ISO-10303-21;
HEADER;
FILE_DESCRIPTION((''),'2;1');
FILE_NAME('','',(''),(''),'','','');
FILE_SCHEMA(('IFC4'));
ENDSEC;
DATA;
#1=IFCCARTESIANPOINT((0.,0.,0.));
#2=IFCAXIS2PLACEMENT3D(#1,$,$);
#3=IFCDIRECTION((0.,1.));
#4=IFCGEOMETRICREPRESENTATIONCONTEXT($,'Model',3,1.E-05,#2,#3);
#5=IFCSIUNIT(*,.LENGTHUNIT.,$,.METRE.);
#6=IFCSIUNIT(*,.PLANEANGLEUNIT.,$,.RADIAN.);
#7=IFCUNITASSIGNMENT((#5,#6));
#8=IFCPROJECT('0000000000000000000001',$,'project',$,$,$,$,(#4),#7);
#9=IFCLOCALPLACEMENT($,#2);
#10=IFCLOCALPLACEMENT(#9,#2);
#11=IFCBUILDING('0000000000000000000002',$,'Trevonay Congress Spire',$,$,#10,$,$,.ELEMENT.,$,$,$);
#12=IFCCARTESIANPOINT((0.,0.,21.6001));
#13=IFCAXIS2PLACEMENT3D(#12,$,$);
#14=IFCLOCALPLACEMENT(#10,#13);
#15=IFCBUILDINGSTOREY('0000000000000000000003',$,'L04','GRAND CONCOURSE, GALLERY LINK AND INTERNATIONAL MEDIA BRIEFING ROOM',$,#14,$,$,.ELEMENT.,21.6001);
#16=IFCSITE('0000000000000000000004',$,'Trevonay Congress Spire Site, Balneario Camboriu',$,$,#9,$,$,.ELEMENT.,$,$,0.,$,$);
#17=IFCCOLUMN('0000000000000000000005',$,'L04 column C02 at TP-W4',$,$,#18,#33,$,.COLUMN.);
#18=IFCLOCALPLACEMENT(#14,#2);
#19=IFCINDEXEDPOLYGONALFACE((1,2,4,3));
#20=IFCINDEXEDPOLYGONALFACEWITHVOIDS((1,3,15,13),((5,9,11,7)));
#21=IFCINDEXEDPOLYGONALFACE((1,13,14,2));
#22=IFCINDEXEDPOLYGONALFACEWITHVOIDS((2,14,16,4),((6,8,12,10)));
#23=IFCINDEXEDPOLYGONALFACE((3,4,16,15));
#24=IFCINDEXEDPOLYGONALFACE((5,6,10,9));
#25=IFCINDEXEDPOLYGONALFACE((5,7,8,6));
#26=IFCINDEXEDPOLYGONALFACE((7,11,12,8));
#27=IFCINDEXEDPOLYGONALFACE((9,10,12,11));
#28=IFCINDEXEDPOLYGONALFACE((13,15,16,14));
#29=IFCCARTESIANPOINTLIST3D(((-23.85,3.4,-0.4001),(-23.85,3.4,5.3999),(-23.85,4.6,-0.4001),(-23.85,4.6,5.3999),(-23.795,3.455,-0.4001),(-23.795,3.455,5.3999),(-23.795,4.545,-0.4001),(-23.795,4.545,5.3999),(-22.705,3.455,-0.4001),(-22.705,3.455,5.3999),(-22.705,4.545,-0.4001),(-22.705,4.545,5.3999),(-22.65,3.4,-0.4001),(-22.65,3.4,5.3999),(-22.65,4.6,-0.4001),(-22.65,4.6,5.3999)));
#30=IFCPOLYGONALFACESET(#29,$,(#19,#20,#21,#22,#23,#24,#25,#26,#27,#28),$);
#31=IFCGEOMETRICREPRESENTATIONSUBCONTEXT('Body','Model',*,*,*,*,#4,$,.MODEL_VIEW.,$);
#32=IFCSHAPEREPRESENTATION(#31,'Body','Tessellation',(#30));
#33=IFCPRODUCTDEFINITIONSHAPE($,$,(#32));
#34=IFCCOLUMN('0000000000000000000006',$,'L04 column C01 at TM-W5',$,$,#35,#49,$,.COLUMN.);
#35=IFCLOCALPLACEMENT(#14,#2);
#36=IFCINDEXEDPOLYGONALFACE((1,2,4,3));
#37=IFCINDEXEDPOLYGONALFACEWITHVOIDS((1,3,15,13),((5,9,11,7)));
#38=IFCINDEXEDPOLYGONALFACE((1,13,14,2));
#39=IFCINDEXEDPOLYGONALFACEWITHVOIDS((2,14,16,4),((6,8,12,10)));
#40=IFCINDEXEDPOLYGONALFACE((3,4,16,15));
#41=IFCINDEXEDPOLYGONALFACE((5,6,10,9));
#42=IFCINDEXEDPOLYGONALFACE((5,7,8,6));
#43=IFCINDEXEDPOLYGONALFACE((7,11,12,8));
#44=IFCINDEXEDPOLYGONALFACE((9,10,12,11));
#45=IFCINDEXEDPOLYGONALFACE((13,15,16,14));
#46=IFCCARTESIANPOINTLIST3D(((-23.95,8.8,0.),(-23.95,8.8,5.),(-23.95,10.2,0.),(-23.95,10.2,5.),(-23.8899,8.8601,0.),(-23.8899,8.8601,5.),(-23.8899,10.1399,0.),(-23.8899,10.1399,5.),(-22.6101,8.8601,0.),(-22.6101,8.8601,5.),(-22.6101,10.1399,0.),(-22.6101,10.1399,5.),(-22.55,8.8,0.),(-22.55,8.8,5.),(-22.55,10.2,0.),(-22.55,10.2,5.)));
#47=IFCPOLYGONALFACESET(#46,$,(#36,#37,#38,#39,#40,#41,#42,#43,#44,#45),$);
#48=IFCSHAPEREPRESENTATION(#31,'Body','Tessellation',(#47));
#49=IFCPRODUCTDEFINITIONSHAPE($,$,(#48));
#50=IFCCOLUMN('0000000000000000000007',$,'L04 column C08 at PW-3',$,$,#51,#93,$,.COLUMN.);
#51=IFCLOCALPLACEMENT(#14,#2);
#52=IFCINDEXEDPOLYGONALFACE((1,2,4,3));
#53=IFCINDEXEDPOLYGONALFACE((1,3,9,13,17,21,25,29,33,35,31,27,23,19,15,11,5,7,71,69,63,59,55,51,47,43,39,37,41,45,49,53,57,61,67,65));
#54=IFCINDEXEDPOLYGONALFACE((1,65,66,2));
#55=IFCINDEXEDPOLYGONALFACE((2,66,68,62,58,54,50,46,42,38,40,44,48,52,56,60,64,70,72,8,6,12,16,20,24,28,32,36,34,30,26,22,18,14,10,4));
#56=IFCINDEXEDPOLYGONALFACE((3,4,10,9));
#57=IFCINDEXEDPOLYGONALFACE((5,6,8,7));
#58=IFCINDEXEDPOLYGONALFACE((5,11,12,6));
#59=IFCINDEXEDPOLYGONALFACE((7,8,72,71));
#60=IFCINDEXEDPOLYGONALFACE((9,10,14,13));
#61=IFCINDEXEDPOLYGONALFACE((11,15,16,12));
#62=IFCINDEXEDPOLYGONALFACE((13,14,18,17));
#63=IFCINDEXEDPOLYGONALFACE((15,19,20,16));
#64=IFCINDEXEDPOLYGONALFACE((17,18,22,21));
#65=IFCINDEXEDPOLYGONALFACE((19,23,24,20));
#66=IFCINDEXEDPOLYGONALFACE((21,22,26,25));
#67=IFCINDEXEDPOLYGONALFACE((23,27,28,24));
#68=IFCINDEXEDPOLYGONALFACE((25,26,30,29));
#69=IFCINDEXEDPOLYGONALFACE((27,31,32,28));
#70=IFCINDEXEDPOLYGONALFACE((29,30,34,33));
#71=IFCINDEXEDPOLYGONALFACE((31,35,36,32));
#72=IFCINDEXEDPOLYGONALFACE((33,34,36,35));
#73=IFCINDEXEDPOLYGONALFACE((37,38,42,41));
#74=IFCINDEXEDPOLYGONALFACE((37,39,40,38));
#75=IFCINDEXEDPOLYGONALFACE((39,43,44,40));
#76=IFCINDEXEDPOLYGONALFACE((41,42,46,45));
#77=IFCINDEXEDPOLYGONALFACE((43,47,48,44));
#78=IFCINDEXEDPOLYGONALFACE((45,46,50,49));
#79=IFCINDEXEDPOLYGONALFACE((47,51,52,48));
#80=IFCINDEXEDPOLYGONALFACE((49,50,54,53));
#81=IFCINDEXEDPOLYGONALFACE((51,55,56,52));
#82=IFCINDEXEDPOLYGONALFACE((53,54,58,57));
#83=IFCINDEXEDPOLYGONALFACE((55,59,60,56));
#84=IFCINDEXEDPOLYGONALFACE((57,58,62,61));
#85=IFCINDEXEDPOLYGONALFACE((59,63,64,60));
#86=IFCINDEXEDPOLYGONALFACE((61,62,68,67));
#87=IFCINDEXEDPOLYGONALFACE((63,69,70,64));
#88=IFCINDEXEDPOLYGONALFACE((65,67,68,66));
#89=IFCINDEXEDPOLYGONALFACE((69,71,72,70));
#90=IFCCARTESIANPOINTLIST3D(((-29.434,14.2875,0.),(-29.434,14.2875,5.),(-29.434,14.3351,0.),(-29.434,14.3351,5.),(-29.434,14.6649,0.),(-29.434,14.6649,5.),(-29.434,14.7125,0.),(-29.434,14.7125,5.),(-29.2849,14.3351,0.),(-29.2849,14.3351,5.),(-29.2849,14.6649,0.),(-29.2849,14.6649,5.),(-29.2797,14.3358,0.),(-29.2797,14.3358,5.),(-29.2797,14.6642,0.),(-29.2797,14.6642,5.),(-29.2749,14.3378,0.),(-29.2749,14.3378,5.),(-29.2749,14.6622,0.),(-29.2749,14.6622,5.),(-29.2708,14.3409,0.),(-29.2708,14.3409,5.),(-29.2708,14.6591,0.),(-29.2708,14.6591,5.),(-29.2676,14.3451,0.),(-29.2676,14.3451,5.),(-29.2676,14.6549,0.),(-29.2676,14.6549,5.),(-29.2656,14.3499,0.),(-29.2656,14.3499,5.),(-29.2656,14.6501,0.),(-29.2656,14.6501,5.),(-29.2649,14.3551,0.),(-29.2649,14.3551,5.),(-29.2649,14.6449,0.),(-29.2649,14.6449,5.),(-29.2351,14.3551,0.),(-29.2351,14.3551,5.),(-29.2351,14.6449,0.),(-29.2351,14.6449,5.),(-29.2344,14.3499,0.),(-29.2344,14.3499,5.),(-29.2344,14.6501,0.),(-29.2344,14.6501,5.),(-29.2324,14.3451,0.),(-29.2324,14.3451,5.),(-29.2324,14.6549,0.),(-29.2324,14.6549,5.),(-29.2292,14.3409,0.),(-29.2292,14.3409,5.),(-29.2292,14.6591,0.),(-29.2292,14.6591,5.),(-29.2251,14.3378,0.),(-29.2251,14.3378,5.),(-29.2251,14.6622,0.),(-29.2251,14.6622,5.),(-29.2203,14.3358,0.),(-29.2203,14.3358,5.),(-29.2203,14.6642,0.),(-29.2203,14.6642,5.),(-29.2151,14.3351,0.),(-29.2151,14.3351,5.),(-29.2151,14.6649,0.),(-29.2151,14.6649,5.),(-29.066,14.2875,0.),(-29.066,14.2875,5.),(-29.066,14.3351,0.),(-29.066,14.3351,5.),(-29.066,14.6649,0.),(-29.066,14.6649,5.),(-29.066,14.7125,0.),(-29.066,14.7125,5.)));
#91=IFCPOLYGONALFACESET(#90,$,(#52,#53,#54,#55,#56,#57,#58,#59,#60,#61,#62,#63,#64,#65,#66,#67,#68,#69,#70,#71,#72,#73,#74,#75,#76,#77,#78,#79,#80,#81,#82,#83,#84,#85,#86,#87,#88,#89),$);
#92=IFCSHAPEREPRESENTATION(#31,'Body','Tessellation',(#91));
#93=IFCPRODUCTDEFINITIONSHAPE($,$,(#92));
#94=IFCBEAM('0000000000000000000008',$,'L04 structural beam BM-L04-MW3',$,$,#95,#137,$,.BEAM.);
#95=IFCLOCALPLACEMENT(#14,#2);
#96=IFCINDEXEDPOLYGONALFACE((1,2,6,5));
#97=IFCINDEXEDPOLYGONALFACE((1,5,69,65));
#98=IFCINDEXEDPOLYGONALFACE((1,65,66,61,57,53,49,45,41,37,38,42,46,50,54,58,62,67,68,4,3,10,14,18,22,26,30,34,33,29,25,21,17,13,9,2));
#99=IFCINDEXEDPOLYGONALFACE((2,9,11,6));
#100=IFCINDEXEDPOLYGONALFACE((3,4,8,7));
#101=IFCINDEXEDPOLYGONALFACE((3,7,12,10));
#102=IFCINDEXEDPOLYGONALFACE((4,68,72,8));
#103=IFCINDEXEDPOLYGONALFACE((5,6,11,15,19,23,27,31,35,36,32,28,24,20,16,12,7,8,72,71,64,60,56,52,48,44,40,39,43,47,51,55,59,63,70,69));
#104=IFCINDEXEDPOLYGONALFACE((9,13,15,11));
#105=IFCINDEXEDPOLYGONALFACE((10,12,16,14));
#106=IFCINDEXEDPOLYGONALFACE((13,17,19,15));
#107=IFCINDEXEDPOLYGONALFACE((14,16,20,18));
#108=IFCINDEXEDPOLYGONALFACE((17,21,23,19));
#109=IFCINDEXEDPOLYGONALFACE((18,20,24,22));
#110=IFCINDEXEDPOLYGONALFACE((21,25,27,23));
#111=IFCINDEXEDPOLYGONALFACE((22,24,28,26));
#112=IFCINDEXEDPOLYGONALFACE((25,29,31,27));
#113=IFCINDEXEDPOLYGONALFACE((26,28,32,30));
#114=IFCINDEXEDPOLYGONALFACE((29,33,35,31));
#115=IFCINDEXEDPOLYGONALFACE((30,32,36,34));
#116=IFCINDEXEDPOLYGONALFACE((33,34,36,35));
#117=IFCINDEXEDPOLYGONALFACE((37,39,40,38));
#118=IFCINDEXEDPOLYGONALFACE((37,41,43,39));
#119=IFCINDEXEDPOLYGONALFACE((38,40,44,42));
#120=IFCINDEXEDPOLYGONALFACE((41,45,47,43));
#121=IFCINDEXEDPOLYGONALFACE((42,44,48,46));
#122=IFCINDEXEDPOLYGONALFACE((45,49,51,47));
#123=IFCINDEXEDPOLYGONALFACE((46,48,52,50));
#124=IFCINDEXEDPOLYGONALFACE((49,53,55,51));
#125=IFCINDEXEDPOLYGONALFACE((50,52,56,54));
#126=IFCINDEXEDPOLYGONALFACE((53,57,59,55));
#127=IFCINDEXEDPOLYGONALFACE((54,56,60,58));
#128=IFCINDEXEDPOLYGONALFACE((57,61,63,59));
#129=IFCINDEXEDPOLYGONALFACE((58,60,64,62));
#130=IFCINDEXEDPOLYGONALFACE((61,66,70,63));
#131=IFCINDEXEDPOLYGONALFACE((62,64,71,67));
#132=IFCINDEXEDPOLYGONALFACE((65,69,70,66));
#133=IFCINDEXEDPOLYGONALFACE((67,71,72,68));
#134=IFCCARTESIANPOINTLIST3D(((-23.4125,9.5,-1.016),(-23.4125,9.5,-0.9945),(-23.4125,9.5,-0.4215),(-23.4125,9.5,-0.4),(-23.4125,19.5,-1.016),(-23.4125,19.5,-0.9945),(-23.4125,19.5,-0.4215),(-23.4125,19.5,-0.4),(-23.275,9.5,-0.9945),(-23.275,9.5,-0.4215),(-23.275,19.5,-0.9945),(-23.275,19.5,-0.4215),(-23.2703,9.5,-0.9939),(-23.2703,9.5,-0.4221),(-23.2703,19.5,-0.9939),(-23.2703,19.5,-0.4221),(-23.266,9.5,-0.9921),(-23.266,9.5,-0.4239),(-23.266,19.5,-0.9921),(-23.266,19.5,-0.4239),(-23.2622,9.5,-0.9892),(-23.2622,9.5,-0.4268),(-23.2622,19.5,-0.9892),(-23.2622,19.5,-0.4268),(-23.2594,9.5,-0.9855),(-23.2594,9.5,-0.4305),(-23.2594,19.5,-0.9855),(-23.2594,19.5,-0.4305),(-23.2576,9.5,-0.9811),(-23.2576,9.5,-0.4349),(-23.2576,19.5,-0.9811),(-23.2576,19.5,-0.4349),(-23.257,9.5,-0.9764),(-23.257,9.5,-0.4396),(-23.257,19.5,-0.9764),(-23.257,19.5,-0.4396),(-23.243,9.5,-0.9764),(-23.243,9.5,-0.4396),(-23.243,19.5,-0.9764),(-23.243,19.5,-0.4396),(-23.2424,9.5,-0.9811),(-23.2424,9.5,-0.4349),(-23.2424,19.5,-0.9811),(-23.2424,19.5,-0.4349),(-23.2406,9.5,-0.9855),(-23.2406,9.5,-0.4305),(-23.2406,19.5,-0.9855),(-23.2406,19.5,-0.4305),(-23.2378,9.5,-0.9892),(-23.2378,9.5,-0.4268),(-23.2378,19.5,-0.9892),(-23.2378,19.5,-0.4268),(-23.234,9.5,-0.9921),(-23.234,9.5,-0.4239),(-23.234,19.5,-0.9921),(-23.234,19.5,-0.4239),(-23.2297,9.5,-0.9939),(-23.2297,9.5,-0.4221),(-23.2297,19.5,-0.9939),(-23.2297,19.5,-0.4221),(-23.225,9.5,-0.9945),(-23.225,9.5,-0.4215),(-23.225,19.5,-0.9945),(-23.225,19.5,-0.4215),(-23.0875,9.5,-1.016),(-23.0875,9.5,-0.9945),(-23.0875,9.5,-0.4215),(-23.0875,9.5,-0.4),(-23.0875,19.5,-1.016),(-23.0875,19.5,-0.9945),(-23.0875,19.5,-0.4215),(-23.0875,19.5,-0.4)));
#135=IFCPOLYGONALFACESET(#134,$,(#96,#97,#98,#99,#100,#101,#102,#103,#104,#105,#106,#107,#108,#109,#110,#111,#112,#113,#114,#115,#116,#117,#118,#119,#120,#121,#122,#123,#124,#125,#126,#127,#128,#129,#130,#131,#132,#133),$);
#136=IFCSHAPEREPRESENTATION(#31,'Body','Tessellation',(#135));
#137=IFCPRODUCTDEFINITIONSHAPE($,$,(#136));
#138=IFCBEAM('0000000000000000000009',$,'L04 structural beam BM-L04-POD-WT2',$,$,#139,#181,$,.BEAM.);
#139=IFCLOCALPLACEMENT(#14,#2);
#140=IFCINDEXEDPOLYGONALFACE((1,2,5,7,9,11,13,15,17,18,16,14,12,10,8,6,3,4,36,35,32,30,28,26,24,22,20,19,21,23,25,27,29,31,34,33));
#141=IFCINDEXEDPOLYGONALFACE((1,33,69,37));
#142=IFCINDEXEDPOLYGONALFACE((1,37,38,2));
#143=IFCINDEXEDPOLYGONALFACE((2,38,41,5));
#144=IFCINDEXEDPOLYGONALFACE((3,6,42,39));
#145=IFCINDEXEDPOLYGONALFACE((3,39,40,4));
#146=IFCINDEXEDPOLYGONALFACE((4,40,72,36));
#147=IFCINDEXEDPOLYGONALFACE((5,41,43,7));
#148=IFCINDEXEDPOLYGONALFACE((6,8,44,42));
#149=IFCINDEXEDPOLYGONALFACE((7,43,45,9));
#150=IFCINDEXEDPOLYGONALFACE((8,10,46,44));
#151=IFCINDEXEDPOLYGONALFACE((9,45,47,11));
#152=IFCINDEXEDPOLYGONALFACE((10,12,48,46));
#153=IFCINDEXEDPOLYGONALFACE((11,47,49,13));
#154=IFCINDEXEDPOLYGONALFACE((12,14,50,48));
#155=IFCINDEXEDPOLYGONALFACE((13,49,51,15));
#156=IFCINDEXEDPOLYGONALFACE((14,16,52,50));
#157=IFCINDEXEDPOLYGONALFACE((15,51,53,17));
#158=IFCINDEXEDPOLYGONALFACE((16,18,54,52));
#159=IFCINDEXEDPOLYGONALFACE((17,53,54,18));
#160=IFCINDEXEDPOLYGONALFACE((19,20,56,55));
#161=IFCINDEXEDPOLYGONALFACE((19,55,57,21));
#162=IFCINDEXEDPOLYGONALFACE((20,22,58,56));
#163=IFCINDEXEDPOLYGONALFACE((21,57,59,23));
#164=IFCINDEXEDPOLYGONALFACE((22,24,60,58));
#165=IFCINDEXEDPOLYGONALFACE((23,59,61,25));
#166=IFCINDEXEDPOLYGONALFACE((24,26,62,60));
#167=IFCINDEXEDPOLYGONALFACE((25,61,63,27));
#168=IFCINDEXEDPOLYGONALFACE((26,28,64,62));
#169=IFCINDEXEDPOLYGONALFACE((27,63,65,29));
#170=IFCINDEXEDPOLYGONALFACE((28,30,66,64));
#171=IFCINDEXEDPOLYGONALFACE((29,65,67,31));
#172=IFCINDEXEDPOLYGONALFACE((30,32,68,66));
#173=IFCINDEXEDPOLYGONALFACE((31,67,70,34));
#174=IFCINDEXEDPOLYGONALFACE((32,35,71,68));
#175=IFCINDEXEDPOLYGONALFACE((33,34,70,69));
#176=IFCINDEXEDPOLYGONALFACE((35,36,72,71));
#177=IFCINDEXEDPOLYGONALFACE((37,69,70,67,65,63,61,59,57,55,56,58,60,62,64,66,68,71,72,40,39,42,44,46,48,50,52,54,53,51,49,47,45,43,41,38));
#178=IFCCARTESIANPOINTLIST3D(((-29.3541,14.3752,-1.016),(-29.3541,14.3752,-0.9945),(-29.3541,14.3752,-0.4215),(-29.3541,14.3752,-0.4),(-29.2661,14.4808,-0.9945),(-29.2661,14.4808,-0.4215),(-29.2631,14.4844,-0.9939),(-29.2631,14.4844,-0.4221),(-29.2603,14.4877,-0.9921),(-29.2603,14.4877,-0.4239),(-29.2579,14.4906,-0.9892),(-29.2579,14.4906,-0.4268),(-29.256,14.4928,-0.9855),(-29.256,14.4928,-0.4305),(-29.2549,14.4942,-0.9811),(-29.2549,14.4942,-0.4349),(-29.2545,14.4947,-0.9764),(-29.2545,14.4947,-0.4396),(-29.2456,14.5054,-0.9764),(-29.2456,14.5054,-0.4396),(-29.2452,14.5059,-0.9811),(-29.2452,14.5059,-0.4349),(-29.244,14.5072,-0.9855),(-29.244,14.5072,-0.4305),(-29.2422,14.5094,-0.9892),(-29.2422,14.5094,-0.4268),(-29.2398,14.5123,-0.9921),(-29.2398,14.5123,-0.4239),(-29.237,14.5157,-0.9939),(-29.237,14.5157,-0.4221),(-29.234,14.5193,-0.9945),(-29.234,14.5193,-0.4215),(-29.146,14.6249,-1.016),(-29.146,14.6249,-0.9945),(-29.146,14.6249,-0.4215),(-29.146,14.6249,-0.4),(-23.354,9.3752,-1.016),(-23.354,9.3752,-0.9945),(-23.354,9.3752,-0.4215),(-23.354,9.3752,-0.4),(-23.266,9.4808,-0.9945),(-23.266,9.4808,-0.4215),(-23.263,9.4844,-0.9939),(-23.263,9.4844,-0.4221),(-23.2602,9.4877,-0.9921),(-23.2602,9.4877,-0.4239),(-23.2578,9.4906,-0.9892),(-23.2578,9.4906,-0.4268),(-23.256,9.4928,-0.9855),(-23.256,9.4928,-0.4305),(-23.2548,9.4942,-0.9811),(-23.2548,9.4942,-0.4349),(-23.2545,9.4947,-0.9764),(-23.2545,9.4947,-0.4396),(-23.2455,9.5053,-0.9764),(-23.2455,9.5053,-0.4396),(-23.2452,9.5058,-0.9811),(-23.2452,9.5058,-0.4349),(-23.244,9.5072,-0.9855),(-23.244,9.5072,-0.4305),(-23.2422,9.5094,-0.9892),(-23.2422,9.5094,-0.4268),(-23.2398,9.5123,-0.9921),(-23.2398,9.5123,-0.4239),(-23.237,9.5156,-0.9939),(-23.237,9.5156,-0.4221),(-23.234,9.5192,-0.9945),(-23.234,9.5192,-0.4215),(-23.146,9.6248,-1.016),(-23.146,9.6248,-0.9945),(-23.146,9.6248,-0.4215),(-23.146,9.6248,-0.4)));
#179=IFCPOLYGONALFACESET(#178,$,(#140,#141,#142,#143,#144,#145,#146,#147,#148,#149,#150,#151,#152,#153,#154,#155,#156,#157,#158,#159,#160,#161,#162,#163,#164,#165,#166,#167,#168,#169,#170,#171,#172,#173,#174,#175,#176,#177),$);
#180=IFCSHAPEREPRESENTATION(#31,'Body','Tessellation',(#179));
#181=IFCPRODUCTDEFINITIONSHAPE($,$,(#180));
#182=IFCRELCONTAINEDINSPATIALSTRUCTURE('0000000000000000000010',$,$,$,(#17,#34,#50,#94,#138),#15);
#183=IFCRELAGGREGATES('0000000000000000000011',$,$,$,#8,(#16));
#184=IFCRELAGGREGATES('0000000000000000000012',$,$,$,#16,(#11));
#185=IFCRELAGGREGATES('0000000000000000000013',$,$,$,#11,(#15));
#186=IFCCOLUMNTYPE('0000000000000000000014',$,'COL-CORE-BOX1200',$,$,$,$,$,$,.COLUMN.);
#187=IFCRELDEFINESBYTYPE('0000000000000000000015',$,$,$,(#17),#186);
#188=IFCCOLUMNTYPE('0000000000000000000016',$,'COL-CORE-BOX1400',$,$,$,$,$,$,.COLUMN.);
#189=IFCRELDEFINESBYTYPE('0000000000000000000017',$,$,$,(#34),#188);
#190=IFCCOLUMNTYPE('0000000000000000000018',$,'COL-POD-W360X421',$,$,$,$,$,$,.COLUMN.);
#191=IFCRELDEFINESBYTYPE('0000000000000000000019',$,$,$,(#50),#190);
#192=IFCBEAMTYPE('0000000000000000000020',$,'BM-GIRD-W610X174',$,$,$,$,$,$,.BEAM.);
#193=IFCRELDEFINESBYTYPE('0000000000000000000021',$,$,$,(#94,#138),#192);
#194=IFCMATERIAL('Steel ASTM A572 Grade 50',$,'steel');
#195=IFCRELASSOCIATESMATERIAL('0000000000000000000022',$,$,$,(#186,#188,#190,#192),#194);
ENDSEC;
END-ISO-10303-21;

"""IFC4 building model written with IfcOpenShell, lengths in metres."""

from ifc_helpers import new_model, si_unit, direction, frame, origin, origin_2d, place, context, subcontext, project, spatial, hollow_rectangle, i_section, extrude, material, material_profile, profile_set, type_object, element, save


model = new_model("IFC4")

# Units and contexts
model_context = context("Model", 3, precision=1e-05, world=origin(), true_north=direction((0.0, 1.0)))
body_context = subcontext(model_context, "Body", "Model", "MODEL_VIEW")
ifc_project = project(units=[si_unit("LENGTHUNIT", "METRE"), si_unit("PLANEANGLEUNIT", "RADIAN")], contexts=[model_context])

# Site, building, storey
site_placement = place(None, origin())
site = spatial("IfcSite", under=ifc_project, at=site_placement, Name="Trevonay Congress Spire Site, Balneario Camboriu", CompositionType="ELEMENT", RefElevation=0.0)
building_placement = place(site_placement, origin())
building = spatial("IfcBuilding", under=site, at=building_placement, Name="Trevonay Congress Spire", CompositionType="ELEMENT")
storey_placement = place(building_placement, frame((0.0, 0.0, 21.6001)))
storey = spatial("IfcBuildingStorey", under=building, at=storey_placement, Name="L04", Description="GRAND CONCOURSE, GALLERY LINK AND INTERNATIONAL MEDIA BRIEFING ROOM", CompositionType="ELEMENT", Elevation=21.6001)

# Columns
ifc_material_1 = material(Name="Steel ASTM A572 Grade 50", Category="steel")
ifc_material_profile_1 = material_profile(ifc_material_1, hollow_rectangle(XDim=1.2, YDim=1.2, WallThickness=0.0549, at=origin_2d()), Name="BOX 1200x1200x55")
ifc_profile_set_1 = profile_set([ifc_material_profile_1], Name="Steel ASTM A572 Grade 50")
column_type_1 = type_object("IfcColumnType", Name="COL-CORE-BOX1200", PredefinedType="COLUMN", material=ifc_profile_set_1)
column_1_placement = place(storey_placement, frame((-23.25, 4.0, -0.4001), z_axis=(0.0, 0.0, 1.0), x_axis=(1.0, 0.0, 0.0)))
element("IfcColumn", 1, at=column_1_placement, inside=storey, type_object=column_type_1, Name="L04 column C02 at TP-W4", PredefinedType="COLUMN", context=body_context, shape_type="SweptSolid", body=[
    extrude(hollow_rectangle(XDim=1.2, YDim=1.2, WallThickness=0.0549, at=origin_2d()), origin(), (0.0, 0.0, 1.0), 5.8),
])
ifc_material_profile_2 = material_profile(ifc_material_1, hollow_rectangle(XDim=1.3999, YDim=1.3999, WallThickness=0.0601, at=origin_2d()), Name="BOX 1400x1400x60")
ifc_profile_set_2 = profile_set([ifc_material_profile_2], Name="Steel ASTM A572 Grade 50")
column_type_2 = type_object("IfcColumnType", Name="COL-CORE-BOX1400", PredefinedType="COLUMN", material=ifc_profile_set_2)
column_2_placement = place(storey_placement, frame((-23.25, 9.5, 0.0), z_axis=(0.0, 0.0, 1.0), x_axis=(1.0, 0.0, 0.0)))
element("IfcColumn", 2, at=column_2_placement, inside=storey, type_object=column_type_2, Name="L04 column C01 at TM-W5", PredefinedType="COLUMN", context=body_context, shape_type="SweptSolid", body=[
    extrude(hollow_rectangle(XDim=1.3999, YDim=1.3999, WallThickness=0.0601, at=origin_2d()), origin(), (0.0, 0.0, 1.0), 5.0),
])
ifc_material_profile_3 = material_profile(ifc_material_1, i_section(OverallWidth=0.3679, OverallDepth=0.425, WebThickness=0.0298, FlangeThickness=0.0476, FilletRadius=0.02, at=origin_2d()), Name="W360x421")
ifc_profile_set_3 = profile_set([ifc_material_profile_3], Name="Steel ASTM A572 Grade 50")
column_type_3 = type_object("IfcColumnType", Name="COL-POD-W360X421", PredefinedType="COLUMN", material=ifc_profile_set_3)
column_3_placement = place(storey_placement, frame((-29.25, 14.5, 0.0), z_axis=(0.0, 0.0, 1.0), x_axis=(1.0, 0.0, 0.0)))
element("IfcColumn", 3, at=column_3_placement, inside=storey, type_object=column_type_3, Name="L04 column C08 at PW-3", PredefinedType="COLUMN", context=body_context, shape_type="SweptSolid", body=[
    extrude(i_section(OverallWidth=0.3679, OverallDepth=0.425, WebThickness=0.0298, FlangeThickness=0.0476, FilletRadius=0.02, at=origin_2d()), origin(), (0.0, 0.0, 1.0), 5.0),
])

# Beams
ifc_material_profile_4 = material_profile(ifc_material_1, i_section(OverallWidth=0.325, OverallDepth=0.616, WebThickness=0.0139, FlangeThickness=0.0215, FilletRadius=0.0181, at=origin_2d()), Name="W610x174")
ifc_profile_set_4 = profile_set([ifc_material_profile_4], Name="Steel ASTM A572 Grade 50")
beam_type_1 = type_object("IfcBeamType", Name="BM-GIRD-W610X174", PredefinedType="BEAM", material=ifc_profile_set_4)
beam_1_placement = place(storey_placement, frame((-23.25, 9.5, -0.708), z_axis=(0.0, 1.0, 0.0), x_axis=(-1.0, 0.0, 0.0)))
element("IfcBeam", 4, at=beam_1_placement, inside=storey, type_object=beam_type_1, Name="L04 structural beam BM-L04-MW3", PredefinedType="BEAM", context=body_context, shape_type="SweptSolid", body=[
    extrude(i_section(OverallWidth=0.325, OverallDepth=0.616, WebThickness=0.0139, FlangeThickness=0.0215, FilletRadius=0.0181, at=origin_2d()), origin(), (0.0, 0.0, 1.0), 10.0),
])
beam_2_placement = place(storey_placement, frame((-23.25, 9.5, -0.708), z_axis=(-0.768221, 0.640184, 0.0), x_axis=(-0.640184, -0.768221, 0.0)))
element("IfcBeam", 5, at=beam_2_placement, inside=storey, type_object=beam_type_1, Name="L04 structural beam BM-L04-POD-WT2", PredefinedType="BEAM", context=body_context, shape_type="SweptSolid", body=[
    extrude(i_section(OverallWidth=0.325, OverallDepth=0.616, WebThickness=0.0139, FlangeThickness=0.0215, FilletRadius=0.0181, at=origin_2d()), origin(), (0.0, 0.0, 1.0), 7.8103),
])

save(model, "model.ifc")
